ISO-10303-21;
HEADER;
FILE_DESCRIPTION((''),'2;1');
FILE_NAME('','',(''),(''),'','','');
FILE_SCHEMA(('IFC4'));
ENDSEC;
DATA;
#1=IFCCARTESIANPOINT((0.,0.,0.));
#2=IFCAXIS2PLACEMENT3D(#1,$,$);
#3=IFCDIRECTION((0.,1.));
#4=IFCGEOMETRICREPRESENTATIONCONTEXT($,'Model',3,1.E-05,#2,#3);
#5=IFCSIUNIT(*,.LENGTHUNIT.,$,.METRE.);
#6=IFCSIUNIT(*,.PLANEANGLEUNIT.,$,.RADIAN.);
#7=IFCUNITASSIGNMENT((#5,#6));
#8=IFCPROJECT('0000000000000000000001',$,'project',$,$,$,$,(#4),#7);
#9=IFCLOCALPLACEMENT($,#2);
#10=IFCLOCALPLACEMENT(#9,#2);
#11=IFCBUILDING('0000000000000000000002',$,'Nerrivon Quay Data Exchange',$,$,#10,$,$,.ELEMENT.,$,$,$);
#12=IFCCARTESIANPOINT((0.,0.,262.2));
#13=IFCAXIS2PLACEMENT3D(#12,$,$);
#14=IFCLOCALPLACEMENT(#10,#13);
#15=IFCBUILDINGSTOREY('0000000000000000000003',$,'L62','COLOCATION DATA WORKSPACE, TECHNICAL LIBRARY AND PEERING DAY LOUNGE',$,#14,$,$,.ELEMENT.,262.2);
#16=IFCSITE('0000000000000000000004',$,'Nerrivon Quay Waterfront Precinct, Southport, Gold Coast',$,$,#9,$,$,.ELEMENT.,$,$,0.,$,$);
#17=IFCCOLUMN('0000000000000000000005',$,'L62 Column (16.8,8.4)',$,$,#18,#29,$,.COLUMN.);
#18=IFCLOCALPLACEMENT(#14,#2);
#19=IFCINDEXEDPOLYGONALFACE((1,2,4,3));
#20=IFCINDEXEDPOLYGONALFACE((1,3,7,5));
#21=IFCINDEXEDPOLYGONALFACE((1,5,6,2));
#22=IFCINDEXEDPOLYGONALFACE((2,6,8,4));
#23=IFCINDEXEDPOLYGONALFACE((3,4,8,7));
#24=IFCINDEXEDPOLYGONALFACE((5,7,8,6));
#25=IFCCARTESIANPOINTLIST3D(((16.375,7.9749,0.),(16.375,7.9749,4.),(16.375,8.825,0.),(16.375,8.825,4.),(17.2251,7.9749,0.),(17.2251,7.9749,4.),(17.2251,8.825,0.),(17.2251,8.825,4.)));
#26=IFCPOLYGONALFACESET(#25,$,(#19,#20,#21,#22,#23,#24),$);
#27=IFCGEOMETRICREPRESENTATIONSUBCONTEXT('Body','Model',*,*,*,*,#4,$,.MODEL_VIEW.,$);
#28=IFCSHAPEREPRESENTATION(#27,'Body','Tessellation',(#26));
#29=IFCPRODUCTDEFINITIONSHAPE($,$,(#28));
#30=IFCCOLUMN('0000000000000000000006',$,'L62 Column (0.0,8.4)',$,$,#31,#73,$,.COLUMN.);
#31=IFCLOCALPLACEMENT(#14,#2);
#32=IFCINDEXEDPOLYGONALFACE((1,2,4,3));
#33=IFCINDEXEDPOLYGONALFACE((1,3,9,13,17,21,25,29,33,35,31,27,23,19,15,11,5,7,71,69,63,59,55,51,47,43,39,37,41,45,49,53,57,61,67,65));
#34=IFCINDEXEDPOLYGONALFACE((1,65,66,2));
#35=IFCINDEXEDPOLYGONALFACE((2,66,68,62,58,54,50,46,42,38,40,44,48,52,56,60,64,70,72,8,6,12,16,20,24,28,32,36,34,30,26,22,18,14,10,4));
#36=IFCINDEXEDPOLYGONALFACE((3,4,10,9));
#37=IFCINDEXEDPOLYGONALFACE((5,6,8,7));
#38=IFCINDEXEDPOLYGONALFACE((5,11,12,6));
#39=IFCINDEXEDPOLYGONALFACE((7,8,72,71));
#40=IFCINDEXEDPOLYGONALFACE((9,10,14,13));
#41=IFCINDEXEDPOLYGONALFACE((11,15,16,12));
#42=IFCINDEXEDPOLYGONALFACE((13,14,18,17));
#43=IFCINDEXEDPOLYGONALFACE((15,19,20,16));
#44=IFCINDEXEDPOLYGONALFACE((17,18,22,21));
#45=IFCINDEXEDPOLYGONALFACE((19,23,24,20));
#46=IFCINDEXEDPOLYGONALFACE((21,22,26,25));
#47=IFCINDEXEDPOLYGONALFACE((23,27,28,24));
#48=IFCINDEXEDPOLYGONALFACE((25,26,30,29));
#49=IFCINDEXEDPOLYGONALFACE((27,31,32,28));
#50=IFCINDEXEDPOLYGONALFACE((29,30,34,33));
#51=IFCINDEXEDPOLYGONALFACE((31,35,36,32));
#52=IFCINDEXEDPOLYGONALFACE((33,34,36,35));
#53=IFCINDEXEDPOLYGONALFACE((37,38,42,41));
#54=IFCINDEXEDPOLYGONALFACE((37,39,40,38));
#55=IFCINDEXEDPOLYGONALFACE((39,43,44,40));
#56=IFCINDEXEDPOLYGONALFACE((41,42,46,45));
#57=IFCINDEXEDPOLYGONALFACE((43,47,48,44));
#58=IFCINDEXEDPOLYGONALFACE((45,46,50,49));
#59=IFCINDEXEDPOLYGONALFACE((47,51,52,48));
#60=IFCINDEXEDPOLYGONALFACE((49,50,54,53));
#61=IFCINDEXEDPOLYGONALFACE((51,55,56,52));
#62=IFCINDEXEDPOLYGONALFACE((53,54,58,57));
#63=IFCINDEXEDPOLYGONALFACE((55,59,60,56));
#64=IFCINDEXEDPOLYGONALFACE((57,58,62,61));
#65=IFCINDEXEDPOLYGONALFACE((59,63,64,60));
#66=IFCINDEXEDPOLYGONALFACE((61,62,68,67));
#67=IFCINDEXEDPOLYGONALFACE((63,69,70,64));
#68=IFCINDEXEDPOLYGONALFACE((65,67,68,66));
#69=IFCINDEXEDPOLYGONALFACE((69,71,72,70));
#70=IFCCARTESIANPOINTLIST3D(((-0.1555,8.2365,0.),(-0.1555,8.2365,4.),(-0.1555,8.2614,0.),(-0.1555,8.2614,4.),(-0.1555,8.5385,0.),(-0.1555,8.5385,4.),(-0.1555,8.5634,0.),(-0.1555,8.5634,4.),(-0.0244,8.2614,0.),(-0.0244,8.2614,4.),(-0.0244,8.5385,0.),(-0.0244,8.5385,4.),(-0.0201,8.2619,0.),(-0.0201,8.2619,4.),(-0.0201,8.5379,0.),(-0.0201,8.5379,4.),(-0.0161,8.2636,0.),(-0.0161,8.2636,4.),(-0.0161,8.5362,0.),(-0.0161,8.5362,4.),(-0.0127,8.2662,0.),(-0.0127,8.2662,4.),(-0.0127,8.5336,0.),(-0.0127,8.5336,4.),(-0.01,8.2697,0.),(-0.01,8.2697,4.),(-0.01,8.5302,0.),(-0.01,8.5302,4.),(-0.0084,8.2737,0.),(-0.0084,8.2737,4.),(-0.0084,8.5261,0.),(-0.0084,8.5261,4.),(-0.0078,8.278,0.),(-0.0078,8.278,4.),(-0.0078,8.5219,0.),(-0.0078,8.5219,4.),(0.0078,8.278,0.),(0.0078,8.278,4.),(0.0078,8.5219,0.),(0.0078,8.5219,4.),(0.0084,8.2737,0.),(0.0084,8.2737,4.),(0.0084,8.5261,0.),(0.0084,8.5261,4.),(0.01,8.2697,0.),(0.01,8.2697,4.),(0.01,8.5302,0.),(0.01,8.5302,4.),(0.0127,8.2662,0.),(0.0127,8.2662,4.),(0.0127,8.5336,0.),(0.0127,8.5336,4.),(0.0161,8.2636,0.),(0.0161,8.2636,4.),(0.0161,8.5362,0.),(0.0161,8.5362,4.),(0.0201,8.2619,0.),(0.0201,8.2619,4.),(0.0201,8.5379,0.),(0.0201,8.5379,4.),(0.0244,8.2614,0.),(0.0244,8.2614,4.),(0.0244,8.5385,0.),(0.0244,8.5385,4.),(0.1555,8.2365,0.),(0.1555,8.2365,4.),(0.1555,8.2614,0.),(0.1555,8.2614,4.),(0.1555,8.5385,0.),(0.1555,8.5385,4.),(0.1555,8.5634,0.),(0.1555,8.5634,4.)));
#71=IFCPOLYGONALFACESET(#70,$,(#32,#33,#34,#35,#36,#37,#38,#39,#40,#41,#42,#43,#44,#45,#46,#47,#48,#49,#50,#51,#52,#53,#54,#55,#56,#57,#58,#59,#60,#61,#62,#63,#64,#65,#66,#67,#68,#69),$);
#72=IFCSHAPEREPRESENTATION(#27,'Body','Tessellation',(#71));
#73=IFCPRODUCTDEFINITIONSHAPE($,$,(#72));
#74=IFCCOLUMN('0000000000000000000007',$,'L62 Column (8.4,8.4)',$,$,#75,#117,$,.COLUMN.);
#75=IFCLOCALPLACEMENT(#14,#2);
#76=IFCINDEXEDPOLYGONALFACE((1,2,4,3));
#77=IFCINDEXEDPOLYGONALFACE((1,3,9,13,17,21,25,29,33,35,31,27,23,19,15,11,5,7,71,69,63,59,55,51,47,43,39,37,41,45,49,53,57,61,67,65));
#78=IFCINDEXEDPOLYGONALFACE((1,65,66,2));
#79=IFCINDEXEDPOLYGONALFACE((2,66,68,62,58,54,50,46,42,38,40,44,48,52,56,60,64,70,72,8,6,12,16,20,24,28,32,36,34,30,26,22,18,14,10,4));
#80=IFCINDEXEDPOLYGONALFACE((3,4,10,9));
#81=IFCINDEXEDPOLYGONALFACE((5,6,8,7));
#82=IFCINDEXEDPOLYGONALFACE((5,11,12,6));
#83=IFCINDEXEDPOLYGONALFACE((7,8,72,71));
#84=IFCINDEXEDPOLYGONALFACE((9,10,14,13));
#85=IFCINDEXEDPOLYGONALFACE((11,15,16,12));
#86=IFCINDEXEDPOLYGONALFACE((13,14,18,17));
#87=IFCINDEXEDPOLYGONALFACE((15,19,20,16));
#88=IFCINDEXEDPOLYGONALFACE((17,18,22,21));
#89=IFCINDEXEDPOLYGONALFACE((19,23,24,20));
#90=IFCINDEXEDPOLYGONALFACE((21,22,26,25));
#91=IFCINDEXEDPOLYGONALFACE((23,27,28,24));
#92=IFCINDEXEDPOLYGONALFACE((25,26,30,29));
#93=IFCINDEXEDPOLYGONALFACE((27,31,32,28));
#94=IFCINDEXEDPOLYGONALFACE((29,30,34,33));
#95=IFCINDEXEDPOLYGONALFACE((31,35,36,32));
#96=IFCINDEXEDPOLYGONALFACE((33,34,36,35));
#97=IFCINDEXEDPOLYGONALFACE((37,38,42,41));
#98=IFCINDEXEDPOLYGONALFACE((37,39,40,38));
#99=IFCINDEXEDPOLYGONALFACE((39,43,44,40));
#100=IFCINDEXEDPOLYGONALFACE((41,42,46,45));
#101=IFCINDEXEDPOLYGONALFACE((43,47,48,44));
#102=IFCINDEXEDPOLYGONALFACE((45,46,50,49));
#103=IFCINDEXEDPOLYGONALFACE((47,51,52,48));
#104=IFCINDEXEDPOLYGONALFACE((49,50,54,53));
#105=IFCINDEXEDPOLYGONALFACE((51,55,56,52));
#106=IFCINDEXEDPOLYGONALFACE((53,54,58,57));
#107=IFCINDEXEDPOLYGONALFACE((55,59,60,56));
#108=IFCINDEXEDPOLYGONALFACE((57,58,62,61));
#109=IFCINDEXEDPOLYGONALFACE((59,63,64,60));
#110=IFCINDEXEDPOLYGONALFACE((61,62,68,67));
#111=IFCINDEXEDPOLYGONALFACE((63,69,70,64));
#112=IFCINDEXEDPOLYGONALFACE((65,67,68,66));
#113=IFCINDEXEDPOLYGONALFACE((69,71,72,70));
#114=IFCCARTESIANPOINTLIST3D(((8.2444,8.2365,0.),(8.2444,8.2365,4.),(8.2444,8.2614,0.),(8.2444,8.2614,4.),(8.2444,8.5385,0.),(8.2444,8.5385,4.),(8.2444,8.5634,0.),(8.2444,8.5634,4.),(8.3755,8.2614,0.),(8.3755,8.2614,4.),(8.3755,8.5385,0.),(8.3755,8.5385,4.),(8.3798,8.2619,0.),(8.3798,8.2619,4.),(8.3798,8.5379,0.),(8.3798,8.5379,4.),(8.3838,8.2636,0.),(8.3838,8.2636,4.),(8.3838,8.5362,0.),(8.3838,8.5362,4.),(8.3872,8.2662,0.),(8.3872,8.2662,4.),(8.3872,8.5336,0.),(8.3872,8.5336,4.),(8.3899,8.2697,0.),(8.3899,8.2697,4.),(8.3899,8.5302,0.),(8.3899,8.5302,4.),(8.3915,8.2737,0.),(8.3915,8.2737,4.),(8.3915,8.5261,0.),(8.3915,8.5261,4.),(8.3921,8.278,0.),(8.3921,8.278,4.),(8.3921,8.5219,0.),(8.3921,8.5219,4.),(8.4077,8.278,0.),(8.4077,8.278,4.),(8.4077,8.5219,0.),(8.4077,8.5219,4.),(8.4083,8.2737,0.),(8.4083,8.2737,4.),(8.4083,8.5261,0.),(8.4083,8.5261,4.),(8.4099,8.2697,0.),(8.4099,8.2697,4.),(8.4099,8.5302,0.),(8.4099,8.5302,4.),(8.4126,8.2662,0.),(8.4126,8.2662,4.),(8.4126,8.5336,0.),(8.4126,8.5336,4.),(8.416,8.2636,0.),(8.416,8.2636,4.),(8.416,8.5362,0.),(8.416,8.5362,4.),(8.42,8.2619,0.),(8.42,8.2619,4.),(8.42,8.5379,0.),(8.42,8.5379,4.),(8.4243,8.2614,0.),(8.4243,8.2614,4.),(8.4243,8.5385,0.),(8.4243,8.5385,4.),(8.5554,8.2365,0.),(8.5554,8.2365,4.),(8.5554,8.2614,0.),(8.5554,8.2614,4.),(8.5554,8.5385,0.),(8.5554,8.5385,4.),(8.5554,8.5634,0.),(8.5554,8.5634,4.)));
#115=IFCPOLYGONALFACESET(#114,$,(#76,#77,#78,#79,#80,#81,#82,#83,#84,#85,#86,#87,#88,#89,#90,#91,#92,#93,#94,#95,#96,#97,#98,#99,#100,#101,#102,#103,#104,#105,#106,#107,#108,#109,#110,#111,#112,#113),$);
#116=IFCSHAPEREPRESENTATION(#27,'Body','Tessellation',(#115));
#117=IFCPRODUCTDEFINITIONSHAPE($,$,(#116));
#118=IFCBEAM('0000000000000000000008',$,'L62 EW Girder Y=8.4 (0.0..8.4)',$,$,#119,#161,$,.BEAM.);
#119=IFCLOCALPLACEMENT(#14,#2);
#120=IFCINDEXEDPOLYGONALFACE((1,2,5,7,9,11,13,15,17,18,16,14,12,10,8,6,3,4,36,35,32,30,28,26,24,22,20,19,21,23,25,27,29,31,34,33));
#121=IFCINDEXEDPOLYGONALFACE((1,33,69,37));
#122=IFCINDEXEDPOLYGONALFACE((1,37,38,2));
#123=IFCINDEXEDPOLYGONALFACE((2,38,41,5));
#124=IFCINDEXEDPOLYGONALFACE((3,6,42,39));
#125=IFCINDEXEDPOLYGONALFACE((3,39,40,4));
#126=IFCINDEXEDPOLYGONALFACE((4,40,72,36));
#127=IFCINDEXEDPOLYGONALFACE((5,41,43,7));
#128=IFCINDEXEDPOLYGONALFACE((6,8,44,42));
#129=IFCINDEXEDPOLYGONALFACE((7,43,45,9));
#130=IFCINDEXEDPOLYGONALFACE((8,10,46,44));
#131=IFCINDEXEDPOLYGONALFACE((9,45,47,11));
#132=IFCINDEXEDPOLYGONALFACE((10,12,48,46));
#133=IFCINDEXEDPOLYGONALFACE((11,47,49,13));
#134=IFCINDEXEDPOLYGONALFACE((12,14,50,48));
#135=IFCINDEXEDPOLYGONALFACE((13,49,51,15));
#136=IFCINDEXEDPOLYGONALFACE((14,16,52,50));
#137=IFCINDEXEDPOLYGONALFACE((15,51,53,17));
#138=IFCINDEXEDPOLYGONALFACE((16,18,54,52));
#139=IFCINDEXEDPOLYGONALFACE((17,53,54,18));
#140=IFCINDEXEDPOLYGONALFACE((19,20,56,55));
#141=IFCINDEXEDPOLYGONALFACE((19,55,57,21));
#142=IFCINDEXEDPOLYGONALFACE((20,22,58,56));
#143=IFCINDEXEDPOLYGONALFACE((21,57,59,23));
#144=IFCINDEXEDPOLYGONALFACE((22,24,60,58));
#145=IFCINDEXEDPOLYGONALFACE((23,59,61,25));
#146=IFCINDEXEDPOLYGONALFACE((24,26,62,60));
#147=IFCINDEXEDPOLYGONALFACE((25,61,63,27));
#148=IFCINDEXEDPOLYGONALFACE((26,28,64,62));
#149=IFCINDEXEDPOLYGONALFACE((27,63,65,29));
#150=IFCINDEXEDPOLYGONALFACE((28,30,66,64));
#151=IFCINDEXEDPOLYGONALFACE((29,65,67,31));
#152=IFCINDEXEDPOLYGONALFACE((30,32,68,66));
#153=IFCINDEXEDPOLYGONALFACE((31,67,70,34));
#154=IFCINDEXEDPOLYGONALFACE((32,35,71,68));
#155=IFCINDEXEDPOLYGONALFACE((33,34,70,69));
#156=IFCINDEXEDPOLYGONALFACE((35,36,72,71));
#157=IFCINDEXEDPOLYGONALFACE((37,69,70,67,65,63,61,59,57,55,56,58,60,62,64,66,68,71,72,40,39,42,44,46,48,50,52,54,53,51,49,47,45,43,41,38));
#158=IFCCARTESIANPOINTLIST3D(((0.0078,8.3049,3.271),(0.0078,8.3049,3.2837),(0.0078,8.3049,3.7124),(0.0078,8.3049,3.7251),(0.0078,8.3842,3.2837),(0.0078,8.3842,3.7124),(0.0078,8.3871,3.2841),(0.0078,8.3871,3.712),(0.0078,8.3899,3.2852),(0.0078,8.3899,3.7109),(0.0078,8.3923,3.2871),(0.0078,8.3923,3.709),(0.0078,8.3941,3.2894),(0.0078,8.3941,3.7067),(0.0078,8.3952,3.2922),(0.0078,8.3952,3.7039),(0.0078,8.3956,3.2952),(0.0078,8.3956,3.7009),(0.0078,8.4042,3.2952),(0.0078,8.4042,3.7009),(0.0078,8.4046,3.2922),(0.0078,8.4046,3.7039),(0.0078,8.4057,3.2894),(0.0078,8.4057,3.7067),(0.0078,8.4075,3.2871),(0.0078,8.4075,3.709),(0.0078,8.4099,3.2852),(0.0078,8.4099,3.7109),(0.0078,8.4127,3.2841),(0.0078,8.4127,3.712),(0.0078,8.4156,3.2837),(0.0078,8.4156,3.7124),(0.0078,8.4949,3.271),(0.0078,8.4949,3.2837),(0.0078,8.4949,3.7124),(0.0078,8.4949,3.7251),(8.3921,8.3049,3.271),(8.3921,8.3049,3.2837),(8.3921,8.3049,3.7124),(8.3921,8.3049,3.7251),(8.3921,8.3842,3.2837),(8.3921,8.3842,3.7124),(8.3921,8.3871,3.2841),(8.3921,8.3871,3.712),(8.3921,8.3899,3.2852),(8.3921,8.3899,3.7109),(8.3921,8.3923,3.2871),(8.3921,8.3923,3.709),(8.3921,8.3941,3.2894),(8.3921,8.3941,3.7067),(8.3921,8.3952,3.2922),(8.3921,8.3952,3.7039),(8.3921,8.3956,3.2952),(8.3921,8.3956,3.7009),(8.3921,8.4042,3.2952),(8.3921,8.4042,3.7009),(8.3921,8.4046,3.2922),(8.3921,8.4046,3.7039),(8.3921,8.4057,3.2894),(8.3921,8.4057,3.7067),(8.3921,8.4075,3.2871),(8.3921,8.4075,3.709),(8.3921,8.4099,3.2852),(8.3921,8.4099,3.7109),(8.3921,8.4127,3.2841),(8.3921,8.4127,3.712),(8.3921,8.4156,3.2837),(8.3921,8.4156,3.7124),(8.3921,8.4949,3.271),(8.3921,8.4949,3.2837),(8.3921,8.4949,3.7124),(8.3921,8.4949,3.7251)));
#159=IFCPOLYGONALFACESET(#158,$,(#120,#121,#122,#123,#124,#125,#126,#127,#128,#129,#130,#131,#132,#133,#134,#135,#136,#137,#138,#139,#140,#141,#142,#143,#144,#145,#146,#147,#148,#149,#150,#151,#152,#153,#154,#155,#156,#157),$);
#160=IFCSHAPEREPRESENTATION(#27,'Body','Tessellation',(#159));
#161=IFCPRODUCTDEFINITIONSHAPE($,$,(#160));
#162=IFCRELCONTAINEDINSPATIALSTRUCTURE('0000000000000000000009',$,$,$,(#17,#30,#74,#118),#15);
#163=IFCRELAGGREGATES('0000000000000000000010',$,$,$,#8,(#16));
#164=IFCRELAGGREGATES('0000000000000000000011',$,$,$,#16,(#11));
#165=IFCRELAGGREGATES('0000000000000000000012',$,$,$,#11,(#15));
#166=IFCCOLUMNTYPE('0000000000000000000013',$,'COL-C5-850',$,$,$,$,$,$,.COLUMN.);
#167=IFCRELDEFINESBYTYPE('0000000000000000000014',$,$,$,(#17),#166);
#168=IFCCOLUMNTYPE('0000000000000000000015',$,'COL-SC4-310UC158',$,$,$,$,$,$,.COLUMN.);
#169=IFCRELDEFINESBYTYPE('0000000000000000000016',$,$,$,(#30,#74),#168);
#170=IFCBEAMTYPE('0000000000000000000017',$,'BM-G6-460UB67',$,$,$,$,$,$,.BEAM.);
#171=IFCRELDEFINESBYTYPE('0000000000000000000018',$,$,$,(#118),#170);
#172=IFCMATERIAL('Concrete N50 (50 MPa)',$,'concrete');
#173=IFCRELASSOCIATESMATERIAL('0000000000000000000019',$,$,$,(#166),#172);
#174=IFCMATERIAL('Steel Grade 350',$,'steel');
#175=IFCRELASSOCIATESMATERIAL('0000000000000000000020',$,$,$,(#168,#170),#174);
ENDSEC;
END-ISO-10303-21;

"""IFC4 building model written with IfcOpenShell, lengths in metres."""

from ifc_helpers import new_model, si_unit, direction, frame, origin, origin_2d, place, context, subcontext, project, spatial, rectangle, i_section, extrude, material, material_profile, profile_set, type_object, element, save


model = new_model("IFC4")

# Units and contexts
model_context = context("Model", 3, precision=1e-05, world=origin(), true_north=direction((0.0, 1.0)))
body_context = subcontext(model_context, "Body", "Model", "MODEL_VIEW")
ifc_project = project(units=[si_unit("LENGTHUNIT", "METRE"), si_unit("PLANEANGLEUNIT", "RADIAN")], contexts=[model_context])

# Site, building, storey
site_placement = place(None, origin())
site = spatial("IfcSite", under=ifc_project, at=site_placement, Name="Nerrivon Quay Waterfront Precinct, Southport, Gold Coast", CompositionType="ELEMENT", RefElevation=0.0)
building_placement = place(site_placement, origin())
building = spatial("IfcBuilding", under=site, at=building_placement, Name="Nerrivon Quay Data Exchange", CompositionType="ELEMENT")
storey_placement = place(building_placement, frame((0.0, 0.0, 262.2)))
storey = spatial("IfcBuildingStorey", under=building, at=storey_placement, Name="L62", Description="COLOCATION DATA WORKSPACE, TECHNICAL LIBRARY AND PEERING DAY LOUNGE", CompositionType="ELEMENT", Elevation=262.2)

# Columns
ifc_material_1 = material(Name="Concrete N50 (50 MPa)", Category="concrete")
ifc_material_profile_1 = material_profile(ifc_material_1, rectangle(XDim=0.8501, YDim=0.8501, at=origin_2d()), Name="RC-COL-850x850")
ifc_profile_set_1 = profile_set([ifc_material_profile_1], Name="Concrete N50 (50 MPa)")
column_type_1 = type_object("IfcColumnType", Name="COL-C5-850", PredefinedType="COLUMN", material=ifc_profile_set_1)
column_placement = place(storey_placement, frame((16.8, 8.3999, 0.0), z_axis=(0.0, 0.0, 1.0), x_axis=(1.0, 0.0, 0.0)))
element("IfcColumn", 1, at=column_placement, inside=storey, type_object=column_type_1, Name="L62 Column (16.8,8.4)", PredefinedType="COLUMN", context=body_context, shape_type="SweptSolid", body=[
    extrude(rectangle(XDim=0.8501, YDim=0.8501, at=origin_2d()), origin(), (0.0, 0.0, 1.0), 4.0),
])
ifc_material_2 = material(Name="Steel Grade 350", Category="steel")
ifc_material_profile_2 = material_profile(ifc_material_2, i_section(OverallWidth=0.311, OverallDepth=0.3269, WebThickness=0.0156, FlangeThickness=0.0249, FilletRadius=0.0166, at=origin_2d()), Name="310UC158")
ifc_profile_set_2 = profile_set([ifc_material_profile_2], Name="Steel Grade 350")
column_type_2 = type_object("IfcColumnType", Name="COL-SC4-310UC158", PredefinedType="COLUMN", material=ifc_profile_set_2)
for number, where, z_axis, x_axis, name in (
    (2, (0.0, 8.3999, 0.0), (0.0, 0.0, 1.0), (1.0, 0.0, 0.0), "L62 Column (0.0,8.4)"),
    (3, (8.3999, 8.3999, 0.0), (0.0, 0.0, 1.0), (1.0, 0.0, 0.0), "L62 Column (8.4,8.4)"),
):
    element("IfcColumn", number, at=place(storey_placement, frame(where, z_axis=z_axis, x_axis=x_axis)), inside=storey, type_object=column_type_2, Name=name, PredefinedType="COLUMN", context=body_context, shape_type="SweptSolid", body=[
        extrude(i_section(OverallWidth=0.311, OverallDepth=0.3269, WebThickness=0.0156, FlangeThickness=0.0249, FilletRadius=0.0166, at=origin_2d()), origin(), (0.0, 0.0, 1.0), 4.0),
    ])

# Beam
ifc_material_profile_3 = material_profile(ifc_material_2, i_section(OverallWidth=0.1899, OverallDepth=0.4541, WebThickness=0.0085, FlangeThickness=0.0127, FilletRadius=0.0115, at=origin_2d()), Name="460UB67.1")
ifc_profile_set_3 = profile_set([ifc_material_profile_3], Name="Steel Grade 350")
beam_type_1 = type_object("IfcBeamType", Name="BM-G6-460UB67", PredefinedType="BEAM", material=ifc_profile_set_3)
beam_1_placement = place(storey_placement, frame((0.0078, 8.3999, 3.498), z_axis=(1.0, 0.0, 0.0), x_axis=(0.0, 1.0, 0.0)))
element("IfcBeam", 4, at=beam_1_placement, inside=storey, type_object=beam_type_1, Name="L62 EW Girder Y=8.4 (0.0..8.4)", PredefinedType="BEAM", context=body_context, shape_type="SweptSolid", body=[
    extrude(i_section(OverallWidth=0.1899, OverallDepth=0.4541, WebThickness=0.0085, FlangeThickness=0.0127, FilletRadius=0.0115, at=origin_2d()), origin(), (0.0, 0.0, 1.0), 8.3843),
])

save(model, "model.ifc")
